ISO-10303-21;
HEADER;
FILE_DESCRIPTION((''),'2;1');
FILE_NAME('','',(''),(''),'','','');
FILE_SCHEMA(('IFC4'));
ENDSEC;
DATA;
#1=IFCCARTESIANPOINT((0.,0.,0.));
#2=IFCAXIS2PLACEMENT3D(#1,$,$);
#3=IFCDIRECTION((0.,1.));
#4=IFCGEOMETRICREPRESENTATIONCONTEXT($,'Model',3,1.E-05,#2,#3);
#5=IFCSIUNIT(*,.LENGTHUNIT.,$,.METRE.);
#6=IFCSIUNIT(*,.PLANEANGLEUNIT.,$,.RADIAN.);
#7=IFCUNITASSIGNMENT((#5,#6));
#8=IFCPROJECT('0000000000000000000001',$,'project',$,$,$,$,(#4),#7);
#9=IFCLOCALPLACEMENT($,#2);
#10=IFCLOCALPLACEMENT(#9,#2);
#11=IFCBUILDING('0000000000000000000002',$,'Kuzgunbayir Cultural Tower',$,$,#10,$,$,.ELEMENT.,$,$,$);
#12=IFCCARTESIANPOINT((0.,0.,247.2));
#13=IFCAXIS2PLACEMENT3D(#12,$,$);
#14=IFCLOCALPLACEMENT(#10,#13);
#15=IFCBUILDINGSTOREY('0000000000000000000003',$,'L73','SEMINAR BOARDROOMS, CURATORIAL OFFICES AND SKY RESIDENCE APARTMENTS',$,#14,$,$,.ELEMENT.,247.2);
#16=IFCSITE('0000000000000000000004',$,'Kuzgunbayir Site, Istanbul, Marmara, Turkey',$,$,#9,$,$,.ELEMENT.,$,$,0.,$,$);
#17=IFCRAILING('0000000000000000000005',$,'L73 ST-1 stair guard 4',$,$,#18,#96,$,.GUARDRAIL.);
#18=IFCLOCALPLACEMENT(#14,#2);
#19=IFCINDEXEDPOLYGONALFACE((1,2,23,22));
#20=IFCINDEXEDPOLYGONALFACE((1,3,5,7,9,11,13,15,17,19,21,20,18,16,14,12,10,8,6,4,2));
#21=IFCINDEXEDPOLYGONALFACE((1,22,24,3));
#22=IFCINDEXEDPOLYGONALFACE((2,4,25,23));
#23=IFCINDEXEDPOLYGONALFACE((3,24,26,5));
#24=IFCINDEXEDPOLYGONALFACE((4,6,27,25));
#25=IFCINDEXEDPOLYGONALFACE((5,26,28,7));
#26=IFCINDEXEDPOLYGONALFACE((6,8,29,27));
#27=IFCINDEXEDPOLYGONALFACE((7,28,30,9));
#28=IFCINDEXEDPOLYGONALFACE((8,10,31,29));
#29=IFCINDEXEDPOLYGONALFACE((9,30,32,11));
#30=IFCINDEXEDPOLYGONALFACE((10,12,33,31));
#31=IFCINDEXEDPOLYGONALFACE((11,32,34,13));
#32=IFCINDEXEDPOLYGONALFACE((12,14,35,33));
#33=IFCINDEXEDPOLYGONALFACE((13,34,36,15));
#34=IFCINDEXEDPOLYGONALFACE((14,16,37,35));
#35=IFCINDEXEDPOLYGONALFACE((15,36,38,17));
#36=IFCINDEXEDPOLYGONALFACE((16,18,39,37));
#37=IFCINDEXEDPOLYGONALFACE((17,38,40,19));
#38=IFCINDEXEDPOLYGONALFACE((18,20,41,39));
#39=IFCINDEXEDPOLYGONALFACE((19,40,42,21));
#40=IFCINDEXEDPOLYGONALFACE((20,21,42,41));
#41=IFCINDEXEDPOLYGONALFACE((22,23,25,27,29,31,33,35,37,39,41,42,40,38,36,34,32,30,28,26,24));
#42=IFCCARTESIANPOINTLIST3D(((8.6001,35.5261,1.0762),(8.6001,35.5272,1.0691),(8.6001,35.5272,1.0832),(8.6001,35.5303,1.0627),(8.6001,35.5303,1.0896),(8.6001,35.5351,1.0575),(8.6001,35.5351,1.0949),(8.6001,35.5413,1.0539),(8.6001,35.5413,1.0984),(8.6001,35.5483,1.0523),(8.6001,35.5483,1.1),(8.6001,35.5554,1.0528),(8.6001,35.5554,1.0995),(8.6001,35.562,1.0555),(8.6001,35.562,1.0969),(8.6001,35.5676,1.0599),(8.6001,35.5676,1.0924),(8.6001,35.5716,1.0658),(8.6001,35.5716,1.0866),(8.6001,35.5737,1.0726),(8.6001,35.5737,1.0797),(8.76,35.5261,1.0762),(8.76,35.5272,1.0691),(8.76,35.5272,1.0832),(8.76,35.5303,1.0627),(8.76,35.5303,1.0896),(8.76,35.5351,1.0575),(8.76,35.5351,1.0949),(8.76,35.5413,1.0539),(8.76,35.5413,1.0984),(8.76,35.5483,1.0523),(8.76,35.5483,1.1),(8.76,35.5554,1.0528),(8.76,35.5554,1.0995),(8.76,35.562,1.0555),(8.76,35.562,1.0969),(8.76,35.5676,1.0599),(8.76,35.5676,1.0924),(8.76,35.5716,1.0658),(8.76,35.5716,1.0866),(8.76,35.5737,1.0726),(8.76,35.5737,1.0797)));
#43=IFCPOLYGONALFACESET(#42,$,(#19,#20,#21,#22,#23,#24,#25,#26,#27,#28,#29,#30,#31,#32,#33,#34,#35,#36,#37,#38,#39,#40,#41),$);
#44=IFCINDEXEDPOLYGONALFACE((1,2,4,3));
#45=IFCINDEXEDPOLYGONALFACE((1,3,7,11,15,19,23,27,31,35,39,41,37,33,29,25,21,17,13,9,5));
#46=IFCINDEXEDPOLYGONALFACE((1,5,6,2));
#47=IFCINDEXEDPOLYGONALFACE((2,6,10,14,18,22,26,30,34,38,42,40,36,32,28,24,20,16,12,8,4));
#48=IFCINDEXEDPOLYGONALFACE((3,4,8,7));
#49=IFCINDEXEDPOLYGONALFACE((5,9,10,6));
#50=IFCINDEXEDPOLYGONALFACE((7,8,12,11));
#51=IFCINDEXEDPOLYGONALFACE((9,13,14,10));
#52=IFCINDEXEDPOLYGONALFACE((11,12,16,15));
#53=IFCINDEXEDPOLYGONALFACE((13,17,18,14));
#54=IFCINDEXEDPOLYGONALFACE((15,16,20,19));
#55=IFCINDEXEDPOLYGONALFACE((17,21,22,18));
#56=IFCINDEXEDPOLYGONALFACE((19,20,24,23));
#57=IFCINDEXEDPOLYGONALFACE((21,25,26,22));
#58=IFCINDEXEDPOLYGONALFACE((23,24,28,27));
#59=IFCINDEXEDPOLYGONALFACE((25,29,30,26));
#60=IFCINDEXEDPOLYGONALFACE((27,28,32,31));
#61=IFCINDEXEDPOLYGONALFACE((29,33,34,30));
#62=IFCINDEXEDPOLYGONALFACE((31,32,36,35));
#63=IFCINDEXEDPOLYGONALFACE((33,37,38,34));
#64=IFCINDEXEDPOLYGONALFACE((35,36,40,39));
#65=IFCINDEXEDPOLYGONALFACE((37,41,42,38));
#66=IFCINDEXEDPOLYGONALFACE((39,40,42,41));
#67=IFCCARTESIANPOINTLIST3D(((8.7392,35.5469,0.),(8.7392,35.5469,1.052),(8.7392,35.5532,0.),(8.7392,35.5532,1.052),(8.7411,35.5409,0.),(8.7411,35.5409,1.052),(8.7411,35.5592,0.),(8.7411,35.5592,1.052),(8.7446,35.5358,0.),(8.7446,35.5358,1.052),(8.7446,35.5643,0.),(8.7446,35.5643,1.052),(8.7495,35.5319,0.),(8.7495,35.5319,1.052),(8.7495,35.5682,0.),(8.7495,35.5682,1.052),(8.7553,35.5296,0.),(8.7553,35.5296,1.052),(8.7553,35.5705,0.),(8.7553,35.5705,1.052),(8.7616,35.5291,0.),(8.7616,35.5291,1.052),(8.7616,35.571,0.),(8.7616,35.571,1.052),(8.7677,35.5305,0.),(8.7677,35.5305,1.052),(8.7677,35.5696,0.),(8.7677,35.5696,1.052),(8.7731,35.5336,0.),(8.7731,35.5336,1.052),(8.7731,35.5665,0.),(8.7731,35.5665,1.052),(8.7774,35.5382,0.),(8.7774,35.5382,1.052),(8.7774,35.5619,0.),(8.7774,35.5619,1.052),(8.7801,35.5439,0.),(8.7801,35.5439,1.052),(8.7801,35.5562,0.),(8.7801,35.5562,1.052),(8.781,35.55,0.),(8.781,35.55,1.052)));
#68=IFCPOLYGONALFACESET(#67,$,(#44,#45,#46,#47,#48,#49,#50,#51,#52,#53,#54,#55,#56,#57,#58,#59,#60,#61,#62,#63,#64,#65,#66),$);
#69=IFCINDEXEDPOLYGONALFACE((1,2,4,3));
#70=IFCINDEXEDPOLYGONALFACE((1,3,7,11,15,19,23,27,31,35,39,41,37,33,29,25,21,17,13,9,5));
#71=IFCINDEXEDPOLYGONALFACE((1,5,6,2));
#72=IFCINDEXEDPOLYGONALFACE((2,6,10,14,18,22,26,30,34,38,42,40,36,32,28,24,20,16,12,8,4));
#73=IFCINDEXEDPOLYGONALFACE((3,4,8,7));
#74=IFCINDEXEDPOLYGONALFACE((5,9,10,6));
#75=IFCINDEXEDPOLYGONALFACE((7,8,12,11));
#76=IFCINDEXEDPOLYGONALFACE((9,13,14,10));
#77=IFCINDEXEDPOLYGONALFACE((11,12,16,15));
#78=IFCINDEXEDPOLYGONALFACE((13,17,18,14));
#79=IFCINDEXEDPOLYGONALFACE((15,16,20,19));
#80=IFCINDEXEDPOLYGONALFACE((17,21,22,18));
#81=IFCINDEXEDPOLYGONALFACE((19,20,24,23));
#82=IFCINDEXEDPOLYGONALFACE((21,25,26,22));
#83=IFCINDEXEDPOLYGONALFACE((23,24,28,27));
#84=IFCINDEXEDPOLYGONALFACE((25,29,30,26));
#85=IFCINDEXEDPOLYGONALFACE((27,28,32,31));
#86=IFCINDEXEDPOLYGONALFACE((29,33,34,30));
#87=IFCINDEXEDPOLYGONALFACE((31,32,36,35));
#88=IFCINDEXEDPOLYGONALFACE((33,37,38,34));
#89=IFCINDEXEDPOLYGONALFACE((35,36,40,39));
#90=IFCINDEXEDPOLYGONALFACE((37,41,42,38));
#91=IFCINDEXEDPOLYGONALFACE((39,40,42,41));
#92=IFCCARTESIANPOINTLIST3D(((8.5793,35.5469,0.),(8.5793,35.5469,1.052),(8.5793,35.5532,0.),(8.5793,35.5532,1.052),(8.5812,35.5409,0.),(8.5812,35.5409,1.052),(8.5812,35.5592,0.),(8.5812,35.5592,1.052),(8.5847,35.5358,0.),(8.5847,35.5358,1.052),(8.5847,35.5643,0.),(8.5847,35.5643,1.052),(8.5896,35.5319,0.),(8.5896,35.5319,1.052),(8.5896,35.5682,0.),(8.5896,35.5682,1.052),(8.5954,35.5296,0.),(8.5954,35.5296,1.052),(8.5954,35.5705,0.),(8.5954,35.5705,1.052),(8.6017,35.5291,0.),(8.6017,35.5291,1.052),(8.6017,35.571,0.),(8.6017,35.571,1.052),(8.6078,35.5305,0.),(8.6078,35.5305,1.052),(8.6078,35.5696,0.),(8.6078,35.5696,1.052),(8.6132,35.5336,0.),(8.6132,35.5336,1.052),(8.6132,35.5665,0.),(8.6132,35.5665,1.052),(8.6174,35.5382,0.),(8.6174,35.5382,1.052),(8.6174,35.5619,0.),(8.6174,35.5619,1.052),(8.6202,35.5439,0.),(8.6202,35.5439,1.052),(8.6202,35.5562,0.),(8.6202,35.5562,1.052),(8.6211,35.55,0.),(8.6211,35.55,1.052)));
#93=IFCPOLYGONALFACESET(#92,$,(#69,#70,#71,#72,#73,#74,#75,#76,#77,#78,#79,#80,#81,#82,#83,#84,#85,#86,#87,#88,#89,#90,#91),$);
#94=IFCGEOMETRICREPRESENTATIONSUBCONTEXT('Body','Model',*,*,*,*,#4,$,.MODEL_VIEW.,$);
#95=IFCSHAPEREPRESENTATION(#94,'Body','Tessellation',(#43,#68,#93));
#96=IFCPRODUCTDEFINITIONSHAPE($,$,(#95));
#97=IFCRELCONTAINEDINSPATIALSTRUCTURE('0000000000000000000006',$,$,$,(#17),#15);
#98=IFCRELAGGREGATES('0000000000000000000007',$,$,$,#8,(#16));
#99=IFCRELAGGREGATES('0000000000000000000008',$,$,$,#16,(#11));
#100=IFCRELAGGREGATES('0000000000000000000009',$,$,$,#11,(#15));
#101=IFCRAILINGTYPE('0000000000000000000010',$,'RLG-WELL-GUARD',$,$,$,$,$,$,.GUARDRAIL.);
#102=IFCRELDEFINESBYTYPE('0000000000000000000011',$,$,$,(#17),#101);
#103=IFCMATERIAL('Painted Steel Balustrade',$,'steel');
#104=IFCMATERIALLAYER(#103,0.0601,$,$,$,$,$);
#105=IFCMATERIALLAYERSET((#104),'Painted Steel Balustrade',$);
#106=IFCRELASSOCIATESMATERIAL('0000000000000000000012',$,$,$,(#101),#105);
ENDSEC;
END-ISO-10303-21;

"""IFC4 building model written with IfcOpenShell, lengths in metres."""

from ifc_helpers import new_model, si_unit, direction, frame, origin, origin_2d, place, context, subcontext, project, spatial, circle, extrude, material, layer, layer_set, type_object, element, save


model = new_model("IFC4")

# Units and contexts
model_context = context("Model", 3, precision=1e-05, world=origin(), true_north=direction((0.0, 1.0)))
body_context = subcontext(model_context, "Body", "Model", "MODEL_VIEW")
ifc_project = project(units=[si_unit("LENGTHUNIT", "METRE"), si_unit("PLANEANGLEUNIT", "RADIAN")], contexts=[model_context])

# Site, building, storey
site_placement = place(None, origin())
site = spatial("IfcSite", under=ifc_project, at=site_placement, Name="Kuzgunbayir Site, Istanbul, Marmara, Turkey", CompositionType="ELEMENT", RefElevation=0.0)
building_placement = place(site_placement, origin())
building = spatial("IfcBuilding", under=site, at=building_placement, Name="Kuzgunbayir Cultural Tower", CompositionType="ELEMENT")
storey_placement = place(building_placement, frame((0.0, 0.0, 247.2)))
storey = spatial("IfcBuildingStorey", under=building, at=storey_placement, Name="L73", Description="SEMINAR BOARDROOMS, CURATORIAL OFFICES AND SKY RESIDENCE APARTMENTS", CompositionType="ELEMENT", Elevation=247.2)

# Railing
ifc_material_1 = material(Name="Painted Steel Balustrade", Category="steel")
ifc_layer_1 = layer(ifc_material_1, 0.0601)
ifc_layer_set_1 = layer_set([ifc_layer_1], Name="Painted Steel Balustrade")
railing_type_1 = type_object("IfcRailingType", Name="RLG-WELL-GUARD", PredefinedType="GUARDRAIL", material=ifc_layer_set_1)
railing_1_placement = place(storey_placement, frame((8.76, 35.55, 0.0)))
element("IfcRailing", 1, at=railing_1_placement, inside=storey, type_object=railing_type_1, Name="L73 ST-1 stair guard 4", PredefinedType="GUARDRAIL", context=body_context, shape_type="SweptSolid", body=[
    extrude(circle(Radius=0.0239, at=origin_2d()), frame((0.0, 0.0, 1.0762), z_axis=(-1.0, 0.0, 0.0), x_axis=(0.0, -1.0, 0.0)), (0.0, 0.0, 1.0), 0.1599),
    extrude(circle(Radius=0.021, at=origin_2d()), origin(), (0.0, 0.0, 1.0), 1.052),
    extrude(circle(Radius=0.021, at=origin_2d()), frame((-0.1599, 0.0, 0.0)), (0.0, 0.0, 1.0), 1.052),
])

save(model, "model.ifc")
